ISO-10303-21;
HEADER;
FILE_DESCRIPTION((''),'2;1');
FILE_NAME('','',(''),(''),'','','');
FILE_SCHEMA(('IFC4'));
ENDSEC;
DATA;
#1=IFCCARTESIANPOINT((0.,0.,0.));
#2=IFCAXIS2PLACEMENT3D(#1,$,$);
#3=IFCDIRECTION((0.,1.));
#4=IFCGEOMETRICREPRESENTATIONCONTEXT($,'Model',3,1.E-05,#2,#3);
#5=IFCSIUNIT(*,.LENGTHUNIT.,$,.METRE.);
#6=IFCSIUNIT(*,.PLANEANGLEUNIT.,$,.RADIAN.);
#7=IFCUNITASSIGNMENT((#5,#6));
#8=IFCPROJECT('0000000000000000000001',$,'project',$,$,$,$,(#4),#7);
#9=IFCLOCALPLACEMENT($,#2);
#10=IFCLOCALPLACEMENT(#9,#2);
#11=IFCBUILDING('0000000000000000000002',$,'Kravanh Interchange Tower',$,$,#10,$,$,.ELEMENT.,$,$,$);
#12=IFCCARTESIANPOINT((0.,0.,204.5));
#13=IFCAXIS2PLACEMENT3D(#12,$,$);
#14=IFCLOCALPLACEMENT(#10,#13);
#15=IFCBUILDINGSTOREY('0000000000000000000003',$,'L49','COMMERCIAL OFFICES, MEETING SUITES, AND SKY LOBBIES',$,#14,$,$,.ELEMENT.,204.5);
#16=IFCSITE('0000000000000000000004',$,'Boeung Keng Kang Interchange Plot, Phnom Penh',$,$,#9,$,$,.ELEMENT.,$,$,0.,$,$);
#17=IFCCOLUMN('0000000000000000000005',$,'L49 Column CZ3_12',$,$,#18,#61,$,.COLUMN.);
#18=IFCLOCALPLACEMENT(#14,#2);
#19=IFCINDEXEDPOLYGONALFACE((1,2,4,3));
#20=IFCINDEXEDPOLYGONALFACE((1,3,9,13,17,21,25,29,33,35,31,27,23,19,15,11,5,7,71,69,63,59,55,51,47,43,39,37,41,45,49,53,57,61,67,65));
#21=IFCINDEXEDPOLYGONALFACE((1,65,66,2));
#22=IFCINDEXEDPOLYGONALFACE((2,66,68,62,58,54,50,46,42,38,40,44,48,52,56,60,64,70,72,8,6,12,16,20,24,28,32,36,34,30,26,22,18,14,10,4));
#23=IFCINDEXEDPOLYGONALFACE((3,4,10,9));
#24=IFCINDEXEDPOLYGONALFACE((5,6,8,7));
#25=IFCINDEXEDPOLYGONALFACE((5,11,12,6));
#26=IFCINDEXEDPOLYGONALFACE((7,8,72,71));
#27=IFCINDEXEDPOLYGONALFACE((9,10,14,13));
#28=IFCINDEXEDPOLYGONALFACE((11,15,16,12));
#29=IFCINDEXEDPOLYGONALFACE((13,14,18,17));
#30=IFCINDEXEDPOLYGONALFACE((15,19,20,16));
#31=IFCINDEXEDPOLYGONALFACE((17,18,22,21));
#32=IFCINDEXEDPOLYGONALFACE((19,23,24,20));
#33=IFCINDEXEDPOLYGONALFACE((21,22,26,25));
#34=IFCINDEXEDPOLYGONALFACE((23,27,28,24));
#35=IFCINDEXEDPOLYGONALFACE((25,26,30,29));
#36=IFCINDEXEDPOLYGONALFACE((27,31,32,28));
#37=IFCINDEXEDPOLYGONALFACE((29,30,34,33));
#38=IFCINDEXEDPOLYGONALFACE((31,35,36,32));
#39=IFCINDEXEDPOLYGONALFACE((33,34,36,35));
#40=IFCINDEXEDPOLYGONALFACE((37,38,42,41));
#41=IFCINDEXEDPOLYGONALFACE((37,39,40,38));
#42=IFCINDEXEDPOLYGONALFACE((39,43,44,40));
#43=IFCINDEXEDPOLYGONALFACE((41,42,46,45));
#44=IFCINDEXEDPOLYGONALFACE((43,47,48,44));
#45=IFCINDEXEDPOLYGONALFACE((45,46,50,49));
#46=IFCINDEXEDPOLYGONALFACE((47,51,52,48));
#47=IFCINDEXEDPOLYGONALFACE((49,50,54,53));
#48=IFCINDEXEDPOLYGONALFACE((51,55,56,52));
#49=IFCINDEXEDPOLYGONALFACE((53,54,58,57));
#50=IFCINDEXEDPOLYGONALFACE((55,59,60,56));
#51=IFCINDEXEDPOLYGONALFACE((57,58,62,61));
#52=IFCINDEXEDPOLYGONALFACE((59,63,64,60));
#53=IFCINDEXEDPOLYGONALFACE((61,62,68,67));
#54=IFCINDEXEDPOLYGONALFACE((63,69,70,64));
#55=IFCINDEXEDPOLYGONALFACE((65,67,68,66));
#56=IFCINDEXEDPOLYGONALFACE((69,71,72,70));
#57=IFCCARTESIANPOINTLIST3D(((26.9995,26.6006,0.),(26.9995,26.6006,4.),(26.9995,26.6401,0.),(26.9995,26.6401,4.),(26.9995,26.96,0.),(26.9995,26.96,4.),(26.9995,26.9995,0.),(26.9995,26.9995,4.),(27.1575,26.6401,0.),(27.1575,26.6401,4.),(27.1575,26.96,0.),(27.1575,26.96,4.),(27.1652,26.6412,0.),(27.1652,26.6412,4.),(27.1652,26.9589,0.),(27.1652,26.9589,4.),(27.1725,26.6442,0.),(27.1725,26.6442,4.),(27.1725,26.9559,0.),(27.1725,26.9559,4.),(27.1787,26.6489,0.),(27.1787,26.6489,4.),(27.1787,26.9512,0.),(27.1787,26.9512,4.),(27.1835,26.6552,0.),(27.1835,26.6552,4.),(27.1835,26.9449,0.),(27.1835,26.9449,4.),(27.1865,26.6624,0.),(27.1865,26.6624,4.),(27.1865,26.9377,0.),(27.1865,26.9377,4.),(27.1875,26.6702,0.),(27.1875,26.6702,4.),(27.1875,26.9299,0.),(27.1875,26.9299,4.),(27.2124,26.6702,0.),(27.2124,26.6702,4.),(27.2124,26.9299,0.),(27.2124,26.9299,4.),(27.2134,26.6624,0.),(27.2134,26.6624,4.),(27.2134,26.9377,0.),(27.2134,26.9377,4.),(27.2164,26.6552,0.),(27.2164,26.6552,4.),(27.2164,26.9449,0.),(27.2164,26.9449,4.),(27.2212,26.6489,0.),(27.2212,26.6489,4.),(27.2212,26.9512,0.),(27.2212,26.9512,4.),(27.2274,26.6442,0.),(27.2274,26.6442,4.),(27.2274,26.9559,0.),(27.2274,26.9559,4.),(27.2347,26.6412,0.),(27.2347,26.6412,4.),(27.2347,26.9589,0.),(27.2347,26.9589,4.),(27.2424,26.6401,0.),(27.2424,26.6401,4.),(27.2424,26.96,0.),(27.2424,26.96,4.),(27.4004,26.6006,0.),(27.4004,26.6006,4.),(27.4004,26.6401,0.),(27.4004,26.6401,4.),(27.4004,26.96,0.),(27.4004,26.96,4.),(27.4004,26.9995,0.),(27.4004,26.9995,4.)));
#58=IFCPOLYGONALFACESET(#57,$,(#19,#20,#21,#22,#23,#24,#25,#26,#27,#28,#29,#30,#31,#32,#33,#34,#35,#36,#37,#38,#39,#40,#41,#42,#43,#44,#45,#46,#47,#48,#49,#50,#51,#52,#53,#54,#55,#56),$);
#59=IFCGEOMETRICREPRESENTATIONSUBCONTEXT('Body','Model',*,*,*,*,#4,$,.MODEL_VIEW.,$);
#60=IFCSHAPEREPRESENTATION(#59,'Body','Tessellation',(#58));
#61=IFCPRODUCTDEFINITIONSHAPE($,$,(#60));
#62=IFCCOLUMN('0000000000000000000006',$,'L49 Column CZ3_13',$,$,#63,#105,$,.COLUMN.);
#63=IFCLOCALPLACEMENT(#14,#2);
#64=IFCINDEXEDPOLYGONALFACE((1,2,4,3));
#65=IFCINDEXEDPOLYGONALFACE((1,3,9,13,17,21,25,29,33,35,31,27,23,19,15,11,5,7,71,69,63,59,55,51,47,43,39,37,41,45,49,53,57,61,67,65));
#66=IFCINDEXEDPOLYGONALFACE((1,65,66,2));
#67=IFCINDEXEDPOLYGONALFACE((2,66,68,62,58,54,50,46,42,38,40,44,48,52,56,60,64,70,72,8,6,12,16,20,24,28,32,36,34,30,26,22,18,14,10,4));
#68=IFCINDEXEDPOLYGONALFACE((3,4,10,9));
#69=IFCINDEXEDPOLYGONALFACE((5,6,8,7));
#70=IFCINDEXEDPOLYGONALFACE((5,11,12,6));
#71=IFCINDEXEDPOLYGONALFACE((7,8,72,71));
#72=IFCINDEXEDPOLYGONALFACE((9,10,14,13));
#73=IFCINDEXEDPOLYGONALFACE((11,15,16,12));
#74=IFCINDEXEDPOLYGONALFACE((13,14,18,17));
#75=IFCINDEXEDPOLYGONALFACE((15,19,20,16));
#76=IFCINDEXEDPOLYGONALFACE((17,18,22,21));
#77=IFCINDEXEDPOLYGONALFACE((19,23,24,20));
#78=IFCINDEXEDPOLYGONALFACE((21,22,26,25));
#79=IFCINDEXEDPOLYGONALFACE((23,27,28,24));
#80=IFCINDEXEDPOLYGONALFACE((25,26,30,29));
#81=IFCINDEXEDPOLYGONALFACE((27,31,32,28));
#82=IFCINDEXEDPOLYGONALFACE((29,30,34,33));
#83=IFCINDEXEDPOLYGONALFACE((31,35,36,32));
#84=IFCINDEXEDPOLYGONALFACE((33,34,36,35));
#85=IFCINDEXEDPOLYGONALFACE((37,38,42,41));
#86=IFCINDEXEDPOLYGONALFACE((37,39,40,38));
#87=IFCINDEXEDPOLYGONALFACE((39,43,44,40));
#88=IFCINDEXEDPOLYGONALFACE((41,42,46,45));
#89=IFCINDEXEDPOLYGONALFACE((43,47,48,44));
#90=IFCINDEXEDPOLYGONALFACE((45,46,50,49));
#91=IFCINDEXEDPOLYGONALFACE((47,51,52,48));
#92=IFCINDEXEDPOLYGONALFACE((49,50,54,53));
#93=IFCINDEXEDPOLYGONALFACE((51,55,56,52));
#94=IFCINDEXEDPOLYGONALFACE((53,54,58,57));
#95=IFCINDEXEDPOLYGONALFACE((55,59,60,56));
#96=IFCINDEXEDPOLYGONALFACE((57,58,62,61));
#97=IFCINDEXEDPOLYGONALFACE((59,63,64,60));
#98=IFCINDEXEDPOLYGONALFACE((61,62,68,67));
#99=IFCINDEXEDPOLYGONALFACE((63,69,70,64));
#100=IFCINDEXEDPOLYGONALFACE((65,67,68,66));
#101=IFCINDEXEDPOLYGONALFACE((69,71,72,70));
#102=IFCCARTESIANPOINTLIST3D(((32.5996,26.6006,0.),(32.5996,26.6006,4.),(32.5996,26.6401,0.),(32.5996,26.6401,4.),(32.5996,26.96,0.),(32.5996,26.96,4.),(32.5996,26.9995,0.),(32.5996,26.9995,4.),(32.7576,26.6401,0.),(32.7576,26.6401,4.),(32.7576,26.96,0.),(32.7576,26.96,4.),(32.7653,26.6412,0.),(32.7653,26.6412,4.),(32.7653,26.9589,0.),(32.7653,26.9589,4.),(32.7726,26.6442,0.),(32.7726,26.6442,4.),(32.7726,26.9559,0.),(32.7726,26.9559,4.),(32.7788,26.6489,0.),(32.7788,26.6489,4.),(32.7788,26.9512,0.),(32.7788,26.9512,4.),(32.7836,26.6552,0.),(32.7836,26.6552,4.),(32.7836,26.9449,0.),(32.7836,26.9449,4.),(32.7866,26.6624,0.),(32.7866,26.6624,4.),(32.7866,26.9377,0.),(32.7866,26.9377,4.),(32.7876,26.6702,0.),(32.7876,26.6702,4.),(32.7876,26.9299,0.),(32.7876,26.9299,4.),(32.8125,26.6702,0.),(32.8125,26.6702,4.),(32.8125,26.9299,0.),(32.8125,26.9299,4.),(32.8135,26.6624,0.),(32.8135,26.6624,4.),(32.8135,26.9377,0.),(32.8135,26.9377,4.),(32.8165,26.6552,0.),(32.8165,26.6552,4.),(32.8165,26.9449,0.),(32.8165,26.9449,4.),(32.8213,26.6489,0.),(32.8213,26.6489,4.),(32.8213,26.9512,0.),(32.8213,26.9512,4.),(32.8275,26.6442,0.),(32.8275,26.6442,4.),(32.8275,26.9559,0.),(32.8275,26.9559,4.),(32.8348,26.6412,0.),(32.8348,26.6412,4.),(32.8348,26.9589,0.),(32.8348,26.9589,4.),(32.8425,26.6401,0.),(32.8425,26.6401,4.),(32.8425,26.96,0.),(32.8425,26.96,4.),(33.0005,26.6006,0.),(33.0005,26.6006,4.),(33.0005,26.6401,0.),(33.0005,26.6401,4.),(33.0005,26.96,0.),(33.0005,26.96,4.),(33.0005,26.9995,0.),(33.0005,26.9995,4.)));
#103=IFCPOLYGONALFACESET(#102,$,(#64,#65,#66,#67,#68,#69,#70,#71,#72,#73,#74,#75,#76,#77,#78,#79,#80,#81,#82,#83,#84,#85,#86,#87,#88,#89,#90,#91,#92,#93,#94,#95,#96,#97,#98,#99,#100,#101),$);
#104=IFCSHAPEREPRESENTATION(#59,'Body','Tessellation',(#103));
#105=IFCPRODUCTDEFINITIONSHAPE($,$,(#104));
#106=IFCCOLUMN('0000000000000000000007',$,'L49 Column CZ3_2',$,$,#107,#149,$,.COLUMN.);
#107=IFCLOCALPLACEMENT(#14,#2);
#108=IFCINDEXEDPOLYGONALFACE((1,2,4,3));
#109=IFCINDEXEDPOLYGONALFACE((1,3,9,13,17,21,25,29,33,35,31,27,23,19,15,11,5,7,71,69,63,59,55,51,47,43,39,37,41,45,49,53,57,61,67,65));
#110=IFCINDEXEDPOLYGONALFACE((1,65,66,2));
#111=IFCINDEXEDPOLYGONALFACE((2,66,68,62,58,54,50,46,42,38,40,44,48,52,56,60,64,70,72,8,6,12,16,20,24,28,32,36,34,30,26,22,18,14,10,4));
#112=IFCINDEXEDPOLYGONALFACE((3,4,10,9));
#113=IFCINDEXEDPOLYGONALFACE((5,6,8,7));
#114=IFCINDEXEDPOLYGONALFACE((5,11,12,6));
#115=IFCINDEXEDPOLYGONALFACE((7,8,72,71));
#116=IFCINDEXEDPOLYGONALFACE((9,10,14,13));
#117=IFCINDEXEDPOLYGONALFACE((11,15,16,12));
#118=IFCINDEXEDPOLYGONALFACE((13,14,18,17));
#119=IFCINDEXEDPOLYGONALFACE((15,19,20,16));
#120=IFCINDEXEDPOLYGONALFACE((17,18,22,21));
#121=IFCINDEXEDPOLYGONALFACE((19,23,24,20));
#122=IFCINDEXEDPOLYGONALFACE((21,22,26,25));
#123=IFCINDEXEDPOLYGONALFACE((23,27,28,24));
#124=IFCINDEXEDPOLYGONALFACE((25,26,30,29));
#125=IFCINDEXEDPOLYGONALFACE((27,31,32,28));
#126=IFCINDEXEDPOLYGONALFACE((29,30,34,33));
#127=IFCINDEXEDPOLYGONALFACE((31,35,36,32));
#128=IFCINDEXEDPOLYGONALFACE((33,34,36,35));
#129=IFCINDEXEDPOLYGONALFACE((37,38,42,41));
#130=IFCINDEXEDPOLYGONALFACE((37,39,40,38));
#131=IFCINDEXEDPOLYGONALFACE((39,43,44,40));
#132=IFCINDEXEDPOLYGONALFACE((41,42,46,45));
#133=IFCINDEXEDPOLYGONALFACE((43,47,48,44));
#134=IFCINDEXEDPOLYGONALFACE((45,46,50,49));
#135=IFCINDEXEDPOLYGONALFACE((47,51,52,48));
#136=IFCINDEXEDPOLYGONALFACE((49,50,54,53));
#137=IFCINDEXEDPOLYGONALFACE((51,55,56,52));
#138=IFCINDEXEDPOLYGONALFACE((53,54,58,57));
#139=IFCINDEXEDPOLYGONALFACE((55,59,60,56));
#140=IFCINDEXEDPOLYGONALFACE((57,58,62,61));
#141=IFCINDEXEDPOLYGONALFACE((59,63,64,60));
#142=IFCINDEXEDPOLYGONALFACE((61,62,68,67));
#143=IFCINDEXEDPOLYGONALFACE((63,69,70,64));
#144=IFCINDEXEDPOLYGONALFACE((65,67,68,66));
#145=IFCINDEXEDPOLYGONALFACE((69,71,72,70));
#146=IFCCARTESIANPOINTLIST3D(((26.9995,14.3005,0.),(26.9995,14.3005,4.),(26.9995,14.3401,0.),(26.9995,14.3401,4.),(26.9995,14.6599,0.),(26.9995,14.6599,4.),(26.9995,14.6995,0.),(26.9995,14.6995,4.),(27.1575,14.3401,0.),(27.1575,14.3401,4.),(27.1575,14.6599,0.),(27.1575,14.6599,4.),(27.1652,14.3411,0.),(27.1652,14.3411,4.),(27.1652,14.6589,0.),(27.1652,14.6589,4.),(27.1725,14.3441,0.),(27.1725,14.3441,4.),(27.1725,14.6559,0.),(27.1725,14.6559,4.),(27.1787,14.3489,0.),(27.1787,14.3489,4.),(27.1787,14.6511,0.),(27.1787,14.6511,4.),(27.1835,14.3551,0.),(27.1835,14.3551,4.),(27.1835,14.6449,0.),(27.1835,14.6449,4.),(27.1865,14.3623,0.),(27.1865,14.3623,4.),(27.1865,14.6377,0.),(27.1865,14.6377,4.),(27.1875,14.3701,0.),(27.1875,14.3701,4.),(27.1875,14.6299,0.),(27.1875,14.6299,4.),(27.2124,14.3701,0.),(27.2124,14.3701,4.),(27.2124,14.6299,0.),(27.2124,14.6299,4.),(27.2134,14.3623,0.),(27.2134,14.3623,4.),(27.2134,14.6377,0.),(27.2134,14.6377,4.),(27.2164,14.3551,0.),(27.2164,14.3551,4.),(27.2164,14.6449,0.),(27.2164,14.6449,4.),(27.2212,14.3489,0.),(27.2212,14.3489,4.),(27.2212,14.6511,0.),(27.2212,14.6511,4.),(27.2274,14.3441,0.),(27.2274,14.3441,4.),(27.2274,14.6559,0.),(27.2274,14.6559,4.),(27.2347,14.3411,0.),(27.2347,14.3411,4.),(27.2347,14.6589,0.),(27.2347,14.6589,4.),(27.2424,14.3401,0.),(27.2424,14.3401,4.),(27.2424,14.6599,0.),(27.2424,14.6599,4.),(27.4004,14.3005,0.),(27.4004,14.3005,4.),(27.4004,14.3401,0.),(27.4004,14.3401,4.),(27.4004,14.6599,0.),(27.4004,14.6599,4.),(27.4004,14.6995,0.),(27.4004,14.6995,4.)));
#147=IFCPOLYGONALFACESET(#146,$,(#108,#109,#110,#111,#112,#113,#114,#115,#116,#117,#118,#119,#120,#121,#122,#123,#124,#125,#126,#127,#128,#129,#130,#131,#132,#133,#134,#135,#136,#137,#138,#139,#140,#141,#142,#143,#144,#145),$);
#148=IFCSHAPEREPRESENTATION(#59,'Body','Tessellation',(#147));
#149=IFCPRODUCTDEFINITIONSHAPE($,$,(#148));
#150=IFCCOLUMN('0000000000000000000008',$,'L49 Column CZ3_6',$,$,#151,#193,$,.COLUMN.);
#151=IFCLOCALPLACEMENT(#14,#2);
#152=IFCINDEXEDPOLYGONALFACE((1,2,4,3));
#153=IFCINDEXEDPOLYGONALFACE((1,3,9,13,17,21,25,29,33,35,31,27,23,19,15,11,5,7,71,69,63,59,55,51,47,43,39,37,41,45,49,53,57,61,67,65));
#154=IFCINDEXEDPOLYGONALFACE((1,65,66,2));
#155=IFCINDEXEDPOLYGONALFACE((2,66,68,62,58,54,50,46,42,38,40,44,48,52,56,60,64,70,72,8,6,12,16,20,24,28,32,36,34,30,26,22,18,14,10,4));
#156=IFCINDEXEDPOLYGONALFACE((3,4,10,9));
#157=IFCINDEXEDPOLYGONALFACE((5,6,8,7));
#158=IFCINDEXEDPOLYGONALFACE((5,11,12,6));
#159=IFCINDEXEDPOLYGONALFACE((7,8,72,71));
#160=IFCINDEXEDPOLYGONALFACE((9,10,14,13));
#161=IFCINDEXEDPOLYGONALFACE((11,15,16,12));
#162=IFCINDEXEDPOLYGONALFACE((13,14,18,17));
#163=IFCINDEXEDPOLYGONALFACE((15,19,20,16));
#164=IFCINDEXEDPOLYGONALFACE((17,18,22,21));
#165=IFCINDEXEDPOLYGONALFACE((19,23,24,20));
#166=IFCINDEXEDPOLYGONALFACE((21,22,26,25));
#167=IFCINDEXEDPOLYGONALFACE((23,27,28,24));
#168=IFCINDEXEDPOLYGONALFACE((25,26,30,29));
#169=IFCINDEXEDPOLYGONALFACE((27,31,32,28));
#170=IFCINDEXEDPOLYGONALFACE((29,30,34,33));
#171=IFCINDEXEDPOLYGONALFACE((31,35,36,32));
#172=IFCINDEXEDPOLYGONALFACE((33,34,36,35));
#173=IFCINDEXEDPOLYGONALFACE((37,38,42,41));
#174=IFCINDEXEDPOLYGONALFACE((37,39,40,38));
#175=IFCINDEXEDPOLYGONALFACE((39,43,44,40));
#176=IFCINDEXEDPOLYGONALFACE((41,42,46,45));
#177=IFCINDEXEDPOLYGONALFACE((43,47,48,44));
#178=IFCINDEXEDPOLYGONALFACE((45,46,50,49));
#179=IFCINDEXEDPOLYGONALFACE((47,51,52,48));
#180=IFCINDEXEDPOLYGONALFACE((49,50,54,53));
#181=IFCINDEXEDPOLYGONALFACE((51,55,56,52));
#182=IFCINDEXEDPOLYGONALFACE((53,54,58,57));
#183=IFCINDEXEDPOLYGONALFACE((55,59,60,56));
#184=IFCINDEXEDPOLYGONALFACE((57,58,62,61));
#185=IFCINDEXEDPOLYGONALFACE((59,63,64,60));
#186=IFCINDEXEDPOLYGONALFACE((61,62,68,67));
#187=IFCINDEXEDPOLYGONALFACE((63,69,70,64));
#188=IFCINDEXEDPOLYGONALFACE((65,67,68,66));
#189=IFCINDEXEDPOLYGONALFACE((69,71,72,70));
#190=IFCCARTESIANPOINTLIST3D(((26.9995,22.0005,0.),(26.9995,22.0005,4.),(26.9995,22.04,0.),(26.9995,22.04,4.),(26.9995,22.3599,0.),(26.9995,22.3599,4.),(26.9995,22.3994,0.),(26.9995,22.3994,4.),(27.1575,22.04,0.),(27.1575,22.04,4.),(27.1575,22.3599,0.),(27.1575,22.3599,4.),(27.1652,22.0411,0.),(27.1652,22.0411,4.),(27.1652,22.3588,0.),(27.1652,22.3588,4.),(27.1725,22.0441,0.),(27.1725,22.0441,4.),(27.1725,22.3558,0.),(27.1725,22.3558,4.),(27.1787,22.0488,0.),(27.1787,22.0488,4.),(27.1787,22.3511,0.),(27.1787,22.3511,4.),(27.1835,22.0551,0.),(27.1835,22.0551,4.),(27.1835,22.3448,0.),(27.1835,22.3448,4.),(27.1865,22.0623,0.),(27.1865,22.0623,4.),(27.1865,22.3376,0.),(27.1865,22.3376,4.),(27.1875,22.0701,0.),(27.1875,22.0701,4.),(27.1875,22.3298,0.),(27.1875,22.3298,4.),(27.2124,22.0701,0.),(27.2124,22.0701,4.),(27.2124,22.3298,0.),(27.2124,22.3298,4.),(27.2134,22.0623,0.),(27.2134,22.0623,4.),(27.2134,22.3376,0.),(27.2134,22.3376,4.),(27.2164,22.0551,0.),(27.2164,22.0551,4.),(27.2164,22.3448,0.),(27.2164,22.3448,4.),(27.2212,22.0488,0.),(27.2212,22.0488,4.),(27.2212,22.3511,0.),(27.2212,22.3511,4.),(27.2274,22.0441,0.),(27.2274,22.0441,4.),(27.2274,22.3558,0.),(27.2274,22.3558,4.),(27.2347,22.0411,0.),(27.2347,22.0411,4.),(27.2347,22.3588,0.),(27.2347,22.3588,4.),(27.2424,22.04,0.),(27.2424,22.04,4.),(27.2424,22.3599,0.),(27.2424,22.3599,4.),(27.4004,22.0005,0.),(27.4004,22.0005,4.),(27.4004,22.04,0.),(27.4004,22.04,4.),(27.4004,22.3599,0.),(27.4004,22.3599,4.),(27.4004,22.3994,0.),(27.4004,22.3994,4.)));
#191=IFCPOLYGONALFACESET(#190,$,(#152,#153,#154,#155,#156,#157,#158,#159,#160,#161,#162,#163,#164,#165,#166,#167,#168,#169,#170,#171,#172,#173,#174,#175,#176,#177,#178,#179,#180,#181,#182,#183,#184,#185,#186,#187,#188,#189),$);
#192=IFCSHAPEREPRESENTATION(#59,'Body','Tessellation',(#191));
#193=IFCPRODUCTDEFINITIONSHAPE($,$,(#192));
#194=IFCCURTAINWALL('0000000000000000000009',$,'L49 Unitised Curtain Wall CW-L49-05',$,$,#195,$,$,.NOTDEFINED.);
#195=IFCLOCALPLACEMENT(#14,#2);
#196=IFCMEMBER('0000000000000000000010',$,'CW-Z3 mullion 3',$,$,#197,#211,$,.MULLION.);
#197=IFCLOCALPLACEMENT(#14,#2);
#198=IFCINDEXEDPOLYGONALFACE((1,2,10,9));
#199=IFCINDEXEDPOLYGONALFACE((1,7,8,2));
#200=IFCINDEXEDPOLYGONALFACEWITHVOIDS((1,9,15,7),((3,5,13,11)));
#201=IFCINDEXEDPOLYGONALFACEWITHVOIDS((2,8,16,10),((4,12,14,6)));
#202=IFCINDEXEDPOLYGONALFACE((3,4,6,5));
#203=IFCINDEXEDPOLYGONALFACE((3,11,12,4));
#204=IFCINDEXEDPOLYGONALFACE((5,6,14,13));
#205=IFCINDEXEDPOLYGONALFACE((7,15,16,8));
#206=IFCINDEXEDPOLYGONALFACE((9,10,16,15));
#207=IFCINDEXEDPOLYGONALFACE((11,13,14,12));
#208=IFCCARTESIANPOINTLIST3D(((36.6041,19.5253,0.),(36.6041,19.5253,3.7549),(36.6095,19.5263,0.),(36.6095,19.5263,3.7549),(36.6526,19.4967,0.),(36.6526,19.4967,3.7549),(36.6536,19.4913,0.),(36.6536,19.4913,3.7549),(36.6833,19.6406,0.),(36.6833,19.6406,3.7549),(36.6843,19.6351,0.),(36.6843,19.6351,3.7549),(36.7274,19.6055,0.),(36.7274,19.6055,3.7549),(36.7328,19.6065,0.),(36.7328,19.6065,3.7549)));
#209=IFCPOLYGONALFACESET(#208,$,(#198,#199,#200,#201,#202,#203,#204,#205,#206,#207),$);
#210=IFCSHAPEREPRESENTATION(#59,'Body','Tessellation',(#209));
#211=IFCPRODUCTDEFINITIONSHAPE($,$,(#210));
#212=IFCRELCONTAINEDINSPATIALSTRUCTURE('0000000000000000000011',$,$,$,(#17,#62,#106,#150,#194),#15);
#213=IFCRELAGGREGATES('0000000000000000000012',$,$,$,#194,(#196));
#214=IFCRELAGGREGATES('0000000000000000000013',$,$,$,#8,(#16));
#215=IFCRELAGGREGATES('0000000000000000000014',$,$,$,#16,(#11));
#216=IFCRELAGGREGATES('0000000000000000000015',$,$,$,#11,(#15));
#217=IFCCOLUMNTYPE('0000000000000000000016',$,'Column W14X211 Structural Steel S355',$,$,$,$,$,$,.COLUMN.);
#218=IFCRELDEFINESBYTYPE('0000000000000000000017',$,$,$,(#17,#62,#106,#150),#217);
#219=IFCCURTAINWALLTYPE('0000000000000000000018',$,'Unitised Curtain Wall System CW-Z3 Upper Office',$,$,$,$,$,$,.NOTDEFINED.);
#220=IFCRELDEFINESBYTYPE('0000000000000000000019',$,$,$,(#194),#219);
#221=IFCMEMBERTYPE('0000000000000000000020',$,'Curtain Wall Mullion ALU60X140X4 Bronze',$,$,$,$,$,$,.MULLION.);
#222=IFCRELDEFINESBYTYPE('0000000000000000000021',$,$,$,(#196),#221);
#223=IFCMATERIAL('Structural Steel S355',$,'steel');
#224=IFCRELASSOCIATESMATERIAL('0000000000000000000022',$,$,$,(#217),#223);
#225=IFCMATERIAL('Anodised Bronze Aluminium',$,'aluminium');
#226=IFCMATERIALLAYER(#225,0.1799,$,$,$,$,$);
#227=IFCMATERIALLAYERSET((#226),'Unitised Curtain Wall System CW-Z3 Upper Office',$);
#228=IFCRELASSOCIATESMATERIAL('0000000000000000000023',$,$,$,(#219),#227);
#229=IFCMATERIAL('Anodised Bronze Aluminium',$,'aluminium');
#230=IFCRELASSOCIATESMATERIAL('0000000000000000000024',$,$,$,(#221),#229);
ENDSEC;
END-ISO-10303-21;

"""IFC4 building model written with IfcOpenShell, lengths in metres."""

from ifc_helpers import new_model, si_unit, direction, frame, origin, origin_2d, place, context, subcontext, project, spatial, hollow_rectangle, i_section, extrude, material, layer, layer_set, material_profile, profile_set, type_object, element, aggregate, save


model = new_model("IFC4")

# Units and contexts
model_context = context("Model", 3, precision=1e-05, world=origin(), true_north=direction((0.0, 1.0)))
body_context = subcontext(model_context, "Body", "Model", "MODEL_VIEW")
ifc_project = project(units=[si_unit("LENGTHUNIT", "METRE"), si_unit("PLANEANGLEUNIT", "RADIAN")], contexts=[model_context])

# Site, building, storey
site_placement = place(None, origin())
site = spatial("IfcSite", under=ifc_project, at=site_placement, Name="Boeung Keng Kang Interchange Plot, Phnom Penh", CompositionType="ELEMENT", RefElevation=0.0)
building_placement = place(site_placement, origin())
building = spatial("IfcBuilding", under=site, at=building_placement, Name="Kravanh Interchange Tower", CompositionType="ELEMENT")
storey_placement = place(building_placement, frame((0.0, 0.0, 204.5)))
storey = spatial("IfcBuildingStorey", under=building, at=storey_placement, Name="L49", Description="COMMERCIAL OFFICES, MEETING SUITES, AND SKY LOBBIES", CompositionType="ELEMENT", Elevation=204.5)

# Columns
ifc_material_1 = material(Name="Structural Steel S355", Category="steel")
ifc_material_profile_1 = material_profile(ifc_material_1, i_section(OverallWidth=0.4009, OverallDepth=0.3989, WebThickness=0.0249, FlangeThickness=0.0396, FilletRadius=0.03, at=origin_2d()), Name="W14X211")
ifc_profile_set_1 = profile_set([ifc_material_profile_1], Name="Structural Steel S355")
column_type = type_object("IfcColumnType", Name="Column W14X211 Structural Steel S355", PredefinedType="COLUMN", material=ifc_profile_set_1)
for number, where, z_axis, x_axis, name in (
    (1, (27.2, 26.8, 0.0), (0.0, 0.0, 1.0), (1.0, 0.0, 0.0), "L49 Column CZ3_12"),
    (2, (32.8, 26.8, 0.0), (0.0, 0.0, 1.0), (1.0, 0.0, 0.0), "L49 Column CZ3_13"),
    (3, (27.2, 14.5, 0.0), (0.0, 0.0, 1.0), (1.0, 0.0, 0.0), "L49 Column CZ3_2"),
    (4, (27.2, 22.2, 0.0), (0.0, 0.0, 1.0), (1.0, 0.0, 0.0), "L49 Column CZ3_6"),
):
    element("IfcColumn", number, at=place(storey_placement, frame(where, z_axis=z_axis, x_axis=x_axis)), inside=storey, type_object=column_type, Name=name, PredefinedType="COLUMN", context=body_context, shape_type="SweptSolid", body=[
        extrude(i_section(OverallWidth=0.4009, OverallDepth=0.3989, WebThickness=0.0249, FlangeThickness=0.0396, FilletRadius=0.03, at=origin_2d()), origin(), (0.0, 0.0, 1.0), 4.0),
    ])

# Curtain wall, member
ifc_material_2 = material(Name="Anodised Bronze Aluminium", Category="aluminium")
ifc_layer_1 = layer(ifc_material_2, 0.1799)
ifc_layer_set_1 = layer_set([ifc_layer_1], Name="Unitised Curtain Wall System CW-Z3 Upper Office")
curtain_wall_type = type_object("IfcCurtainWallType", Name="Unitised Curtain Wall System CW-Z3 Upper Office", PredefinedType="NOTDEFINED", material=ifc_layer_set_1)
curtain_wall_1_placement = place(storey_placement, origin())
curtain_wall_1 = element("IfcCurtainWall", 5, at=curtain_wall_1_placement, inside=storey, type_object=curtain_wall_type, Name="L49 Unitised Curtain Wall CW-L49-05", PredefinedType="NOTDEFINED")
ifc_material_3 = material(Name="Anodised Bronze Aluminium", Category="aluminium")
ifc_material_profile_2 = material_profile(ifc_material_3, hollow_rectangle(XDim=0.0601, YDim=0.1399, WallThickness=0.0039, at=origin_2d()), Name="ALU60X140X4")
ifc_profile_set_2 = profile_set([ifc_material_profile_2], Name="Anodised Bronze Aluminium")
member_type_1 = type_object("IfcMemberType", Name="Curtain Wall Mullion ALU60X140X4 Bronze", PredefinedType="MULLION", material=ifc_profile_set_2)
member_1_placement = place(storey_placement, frame((36.6685, 19.5659, 0.0), z_axis=(0.0, 0.0, 1.0), x_axis=(0.824042, -0.566528, 0.0)))
member_1 = element("IfcMember", 6, at=member_1_placement, type_object=member_type_1, Name="CW-Z3 mullion 3", PredefinedType="MULLION", context=body_context, shape_type="SweptSolid", body=[
    extrude(hollow_rectangle(XDim=0.0601, YDim=0.1399, WallThickness=0.0039, at=origin_2d()), origin(), (0.0, 0.0, 1.0), 3.7549),
])

aggregate(curtain_wall_1, [member_1])

save(model, "model.ifc")
